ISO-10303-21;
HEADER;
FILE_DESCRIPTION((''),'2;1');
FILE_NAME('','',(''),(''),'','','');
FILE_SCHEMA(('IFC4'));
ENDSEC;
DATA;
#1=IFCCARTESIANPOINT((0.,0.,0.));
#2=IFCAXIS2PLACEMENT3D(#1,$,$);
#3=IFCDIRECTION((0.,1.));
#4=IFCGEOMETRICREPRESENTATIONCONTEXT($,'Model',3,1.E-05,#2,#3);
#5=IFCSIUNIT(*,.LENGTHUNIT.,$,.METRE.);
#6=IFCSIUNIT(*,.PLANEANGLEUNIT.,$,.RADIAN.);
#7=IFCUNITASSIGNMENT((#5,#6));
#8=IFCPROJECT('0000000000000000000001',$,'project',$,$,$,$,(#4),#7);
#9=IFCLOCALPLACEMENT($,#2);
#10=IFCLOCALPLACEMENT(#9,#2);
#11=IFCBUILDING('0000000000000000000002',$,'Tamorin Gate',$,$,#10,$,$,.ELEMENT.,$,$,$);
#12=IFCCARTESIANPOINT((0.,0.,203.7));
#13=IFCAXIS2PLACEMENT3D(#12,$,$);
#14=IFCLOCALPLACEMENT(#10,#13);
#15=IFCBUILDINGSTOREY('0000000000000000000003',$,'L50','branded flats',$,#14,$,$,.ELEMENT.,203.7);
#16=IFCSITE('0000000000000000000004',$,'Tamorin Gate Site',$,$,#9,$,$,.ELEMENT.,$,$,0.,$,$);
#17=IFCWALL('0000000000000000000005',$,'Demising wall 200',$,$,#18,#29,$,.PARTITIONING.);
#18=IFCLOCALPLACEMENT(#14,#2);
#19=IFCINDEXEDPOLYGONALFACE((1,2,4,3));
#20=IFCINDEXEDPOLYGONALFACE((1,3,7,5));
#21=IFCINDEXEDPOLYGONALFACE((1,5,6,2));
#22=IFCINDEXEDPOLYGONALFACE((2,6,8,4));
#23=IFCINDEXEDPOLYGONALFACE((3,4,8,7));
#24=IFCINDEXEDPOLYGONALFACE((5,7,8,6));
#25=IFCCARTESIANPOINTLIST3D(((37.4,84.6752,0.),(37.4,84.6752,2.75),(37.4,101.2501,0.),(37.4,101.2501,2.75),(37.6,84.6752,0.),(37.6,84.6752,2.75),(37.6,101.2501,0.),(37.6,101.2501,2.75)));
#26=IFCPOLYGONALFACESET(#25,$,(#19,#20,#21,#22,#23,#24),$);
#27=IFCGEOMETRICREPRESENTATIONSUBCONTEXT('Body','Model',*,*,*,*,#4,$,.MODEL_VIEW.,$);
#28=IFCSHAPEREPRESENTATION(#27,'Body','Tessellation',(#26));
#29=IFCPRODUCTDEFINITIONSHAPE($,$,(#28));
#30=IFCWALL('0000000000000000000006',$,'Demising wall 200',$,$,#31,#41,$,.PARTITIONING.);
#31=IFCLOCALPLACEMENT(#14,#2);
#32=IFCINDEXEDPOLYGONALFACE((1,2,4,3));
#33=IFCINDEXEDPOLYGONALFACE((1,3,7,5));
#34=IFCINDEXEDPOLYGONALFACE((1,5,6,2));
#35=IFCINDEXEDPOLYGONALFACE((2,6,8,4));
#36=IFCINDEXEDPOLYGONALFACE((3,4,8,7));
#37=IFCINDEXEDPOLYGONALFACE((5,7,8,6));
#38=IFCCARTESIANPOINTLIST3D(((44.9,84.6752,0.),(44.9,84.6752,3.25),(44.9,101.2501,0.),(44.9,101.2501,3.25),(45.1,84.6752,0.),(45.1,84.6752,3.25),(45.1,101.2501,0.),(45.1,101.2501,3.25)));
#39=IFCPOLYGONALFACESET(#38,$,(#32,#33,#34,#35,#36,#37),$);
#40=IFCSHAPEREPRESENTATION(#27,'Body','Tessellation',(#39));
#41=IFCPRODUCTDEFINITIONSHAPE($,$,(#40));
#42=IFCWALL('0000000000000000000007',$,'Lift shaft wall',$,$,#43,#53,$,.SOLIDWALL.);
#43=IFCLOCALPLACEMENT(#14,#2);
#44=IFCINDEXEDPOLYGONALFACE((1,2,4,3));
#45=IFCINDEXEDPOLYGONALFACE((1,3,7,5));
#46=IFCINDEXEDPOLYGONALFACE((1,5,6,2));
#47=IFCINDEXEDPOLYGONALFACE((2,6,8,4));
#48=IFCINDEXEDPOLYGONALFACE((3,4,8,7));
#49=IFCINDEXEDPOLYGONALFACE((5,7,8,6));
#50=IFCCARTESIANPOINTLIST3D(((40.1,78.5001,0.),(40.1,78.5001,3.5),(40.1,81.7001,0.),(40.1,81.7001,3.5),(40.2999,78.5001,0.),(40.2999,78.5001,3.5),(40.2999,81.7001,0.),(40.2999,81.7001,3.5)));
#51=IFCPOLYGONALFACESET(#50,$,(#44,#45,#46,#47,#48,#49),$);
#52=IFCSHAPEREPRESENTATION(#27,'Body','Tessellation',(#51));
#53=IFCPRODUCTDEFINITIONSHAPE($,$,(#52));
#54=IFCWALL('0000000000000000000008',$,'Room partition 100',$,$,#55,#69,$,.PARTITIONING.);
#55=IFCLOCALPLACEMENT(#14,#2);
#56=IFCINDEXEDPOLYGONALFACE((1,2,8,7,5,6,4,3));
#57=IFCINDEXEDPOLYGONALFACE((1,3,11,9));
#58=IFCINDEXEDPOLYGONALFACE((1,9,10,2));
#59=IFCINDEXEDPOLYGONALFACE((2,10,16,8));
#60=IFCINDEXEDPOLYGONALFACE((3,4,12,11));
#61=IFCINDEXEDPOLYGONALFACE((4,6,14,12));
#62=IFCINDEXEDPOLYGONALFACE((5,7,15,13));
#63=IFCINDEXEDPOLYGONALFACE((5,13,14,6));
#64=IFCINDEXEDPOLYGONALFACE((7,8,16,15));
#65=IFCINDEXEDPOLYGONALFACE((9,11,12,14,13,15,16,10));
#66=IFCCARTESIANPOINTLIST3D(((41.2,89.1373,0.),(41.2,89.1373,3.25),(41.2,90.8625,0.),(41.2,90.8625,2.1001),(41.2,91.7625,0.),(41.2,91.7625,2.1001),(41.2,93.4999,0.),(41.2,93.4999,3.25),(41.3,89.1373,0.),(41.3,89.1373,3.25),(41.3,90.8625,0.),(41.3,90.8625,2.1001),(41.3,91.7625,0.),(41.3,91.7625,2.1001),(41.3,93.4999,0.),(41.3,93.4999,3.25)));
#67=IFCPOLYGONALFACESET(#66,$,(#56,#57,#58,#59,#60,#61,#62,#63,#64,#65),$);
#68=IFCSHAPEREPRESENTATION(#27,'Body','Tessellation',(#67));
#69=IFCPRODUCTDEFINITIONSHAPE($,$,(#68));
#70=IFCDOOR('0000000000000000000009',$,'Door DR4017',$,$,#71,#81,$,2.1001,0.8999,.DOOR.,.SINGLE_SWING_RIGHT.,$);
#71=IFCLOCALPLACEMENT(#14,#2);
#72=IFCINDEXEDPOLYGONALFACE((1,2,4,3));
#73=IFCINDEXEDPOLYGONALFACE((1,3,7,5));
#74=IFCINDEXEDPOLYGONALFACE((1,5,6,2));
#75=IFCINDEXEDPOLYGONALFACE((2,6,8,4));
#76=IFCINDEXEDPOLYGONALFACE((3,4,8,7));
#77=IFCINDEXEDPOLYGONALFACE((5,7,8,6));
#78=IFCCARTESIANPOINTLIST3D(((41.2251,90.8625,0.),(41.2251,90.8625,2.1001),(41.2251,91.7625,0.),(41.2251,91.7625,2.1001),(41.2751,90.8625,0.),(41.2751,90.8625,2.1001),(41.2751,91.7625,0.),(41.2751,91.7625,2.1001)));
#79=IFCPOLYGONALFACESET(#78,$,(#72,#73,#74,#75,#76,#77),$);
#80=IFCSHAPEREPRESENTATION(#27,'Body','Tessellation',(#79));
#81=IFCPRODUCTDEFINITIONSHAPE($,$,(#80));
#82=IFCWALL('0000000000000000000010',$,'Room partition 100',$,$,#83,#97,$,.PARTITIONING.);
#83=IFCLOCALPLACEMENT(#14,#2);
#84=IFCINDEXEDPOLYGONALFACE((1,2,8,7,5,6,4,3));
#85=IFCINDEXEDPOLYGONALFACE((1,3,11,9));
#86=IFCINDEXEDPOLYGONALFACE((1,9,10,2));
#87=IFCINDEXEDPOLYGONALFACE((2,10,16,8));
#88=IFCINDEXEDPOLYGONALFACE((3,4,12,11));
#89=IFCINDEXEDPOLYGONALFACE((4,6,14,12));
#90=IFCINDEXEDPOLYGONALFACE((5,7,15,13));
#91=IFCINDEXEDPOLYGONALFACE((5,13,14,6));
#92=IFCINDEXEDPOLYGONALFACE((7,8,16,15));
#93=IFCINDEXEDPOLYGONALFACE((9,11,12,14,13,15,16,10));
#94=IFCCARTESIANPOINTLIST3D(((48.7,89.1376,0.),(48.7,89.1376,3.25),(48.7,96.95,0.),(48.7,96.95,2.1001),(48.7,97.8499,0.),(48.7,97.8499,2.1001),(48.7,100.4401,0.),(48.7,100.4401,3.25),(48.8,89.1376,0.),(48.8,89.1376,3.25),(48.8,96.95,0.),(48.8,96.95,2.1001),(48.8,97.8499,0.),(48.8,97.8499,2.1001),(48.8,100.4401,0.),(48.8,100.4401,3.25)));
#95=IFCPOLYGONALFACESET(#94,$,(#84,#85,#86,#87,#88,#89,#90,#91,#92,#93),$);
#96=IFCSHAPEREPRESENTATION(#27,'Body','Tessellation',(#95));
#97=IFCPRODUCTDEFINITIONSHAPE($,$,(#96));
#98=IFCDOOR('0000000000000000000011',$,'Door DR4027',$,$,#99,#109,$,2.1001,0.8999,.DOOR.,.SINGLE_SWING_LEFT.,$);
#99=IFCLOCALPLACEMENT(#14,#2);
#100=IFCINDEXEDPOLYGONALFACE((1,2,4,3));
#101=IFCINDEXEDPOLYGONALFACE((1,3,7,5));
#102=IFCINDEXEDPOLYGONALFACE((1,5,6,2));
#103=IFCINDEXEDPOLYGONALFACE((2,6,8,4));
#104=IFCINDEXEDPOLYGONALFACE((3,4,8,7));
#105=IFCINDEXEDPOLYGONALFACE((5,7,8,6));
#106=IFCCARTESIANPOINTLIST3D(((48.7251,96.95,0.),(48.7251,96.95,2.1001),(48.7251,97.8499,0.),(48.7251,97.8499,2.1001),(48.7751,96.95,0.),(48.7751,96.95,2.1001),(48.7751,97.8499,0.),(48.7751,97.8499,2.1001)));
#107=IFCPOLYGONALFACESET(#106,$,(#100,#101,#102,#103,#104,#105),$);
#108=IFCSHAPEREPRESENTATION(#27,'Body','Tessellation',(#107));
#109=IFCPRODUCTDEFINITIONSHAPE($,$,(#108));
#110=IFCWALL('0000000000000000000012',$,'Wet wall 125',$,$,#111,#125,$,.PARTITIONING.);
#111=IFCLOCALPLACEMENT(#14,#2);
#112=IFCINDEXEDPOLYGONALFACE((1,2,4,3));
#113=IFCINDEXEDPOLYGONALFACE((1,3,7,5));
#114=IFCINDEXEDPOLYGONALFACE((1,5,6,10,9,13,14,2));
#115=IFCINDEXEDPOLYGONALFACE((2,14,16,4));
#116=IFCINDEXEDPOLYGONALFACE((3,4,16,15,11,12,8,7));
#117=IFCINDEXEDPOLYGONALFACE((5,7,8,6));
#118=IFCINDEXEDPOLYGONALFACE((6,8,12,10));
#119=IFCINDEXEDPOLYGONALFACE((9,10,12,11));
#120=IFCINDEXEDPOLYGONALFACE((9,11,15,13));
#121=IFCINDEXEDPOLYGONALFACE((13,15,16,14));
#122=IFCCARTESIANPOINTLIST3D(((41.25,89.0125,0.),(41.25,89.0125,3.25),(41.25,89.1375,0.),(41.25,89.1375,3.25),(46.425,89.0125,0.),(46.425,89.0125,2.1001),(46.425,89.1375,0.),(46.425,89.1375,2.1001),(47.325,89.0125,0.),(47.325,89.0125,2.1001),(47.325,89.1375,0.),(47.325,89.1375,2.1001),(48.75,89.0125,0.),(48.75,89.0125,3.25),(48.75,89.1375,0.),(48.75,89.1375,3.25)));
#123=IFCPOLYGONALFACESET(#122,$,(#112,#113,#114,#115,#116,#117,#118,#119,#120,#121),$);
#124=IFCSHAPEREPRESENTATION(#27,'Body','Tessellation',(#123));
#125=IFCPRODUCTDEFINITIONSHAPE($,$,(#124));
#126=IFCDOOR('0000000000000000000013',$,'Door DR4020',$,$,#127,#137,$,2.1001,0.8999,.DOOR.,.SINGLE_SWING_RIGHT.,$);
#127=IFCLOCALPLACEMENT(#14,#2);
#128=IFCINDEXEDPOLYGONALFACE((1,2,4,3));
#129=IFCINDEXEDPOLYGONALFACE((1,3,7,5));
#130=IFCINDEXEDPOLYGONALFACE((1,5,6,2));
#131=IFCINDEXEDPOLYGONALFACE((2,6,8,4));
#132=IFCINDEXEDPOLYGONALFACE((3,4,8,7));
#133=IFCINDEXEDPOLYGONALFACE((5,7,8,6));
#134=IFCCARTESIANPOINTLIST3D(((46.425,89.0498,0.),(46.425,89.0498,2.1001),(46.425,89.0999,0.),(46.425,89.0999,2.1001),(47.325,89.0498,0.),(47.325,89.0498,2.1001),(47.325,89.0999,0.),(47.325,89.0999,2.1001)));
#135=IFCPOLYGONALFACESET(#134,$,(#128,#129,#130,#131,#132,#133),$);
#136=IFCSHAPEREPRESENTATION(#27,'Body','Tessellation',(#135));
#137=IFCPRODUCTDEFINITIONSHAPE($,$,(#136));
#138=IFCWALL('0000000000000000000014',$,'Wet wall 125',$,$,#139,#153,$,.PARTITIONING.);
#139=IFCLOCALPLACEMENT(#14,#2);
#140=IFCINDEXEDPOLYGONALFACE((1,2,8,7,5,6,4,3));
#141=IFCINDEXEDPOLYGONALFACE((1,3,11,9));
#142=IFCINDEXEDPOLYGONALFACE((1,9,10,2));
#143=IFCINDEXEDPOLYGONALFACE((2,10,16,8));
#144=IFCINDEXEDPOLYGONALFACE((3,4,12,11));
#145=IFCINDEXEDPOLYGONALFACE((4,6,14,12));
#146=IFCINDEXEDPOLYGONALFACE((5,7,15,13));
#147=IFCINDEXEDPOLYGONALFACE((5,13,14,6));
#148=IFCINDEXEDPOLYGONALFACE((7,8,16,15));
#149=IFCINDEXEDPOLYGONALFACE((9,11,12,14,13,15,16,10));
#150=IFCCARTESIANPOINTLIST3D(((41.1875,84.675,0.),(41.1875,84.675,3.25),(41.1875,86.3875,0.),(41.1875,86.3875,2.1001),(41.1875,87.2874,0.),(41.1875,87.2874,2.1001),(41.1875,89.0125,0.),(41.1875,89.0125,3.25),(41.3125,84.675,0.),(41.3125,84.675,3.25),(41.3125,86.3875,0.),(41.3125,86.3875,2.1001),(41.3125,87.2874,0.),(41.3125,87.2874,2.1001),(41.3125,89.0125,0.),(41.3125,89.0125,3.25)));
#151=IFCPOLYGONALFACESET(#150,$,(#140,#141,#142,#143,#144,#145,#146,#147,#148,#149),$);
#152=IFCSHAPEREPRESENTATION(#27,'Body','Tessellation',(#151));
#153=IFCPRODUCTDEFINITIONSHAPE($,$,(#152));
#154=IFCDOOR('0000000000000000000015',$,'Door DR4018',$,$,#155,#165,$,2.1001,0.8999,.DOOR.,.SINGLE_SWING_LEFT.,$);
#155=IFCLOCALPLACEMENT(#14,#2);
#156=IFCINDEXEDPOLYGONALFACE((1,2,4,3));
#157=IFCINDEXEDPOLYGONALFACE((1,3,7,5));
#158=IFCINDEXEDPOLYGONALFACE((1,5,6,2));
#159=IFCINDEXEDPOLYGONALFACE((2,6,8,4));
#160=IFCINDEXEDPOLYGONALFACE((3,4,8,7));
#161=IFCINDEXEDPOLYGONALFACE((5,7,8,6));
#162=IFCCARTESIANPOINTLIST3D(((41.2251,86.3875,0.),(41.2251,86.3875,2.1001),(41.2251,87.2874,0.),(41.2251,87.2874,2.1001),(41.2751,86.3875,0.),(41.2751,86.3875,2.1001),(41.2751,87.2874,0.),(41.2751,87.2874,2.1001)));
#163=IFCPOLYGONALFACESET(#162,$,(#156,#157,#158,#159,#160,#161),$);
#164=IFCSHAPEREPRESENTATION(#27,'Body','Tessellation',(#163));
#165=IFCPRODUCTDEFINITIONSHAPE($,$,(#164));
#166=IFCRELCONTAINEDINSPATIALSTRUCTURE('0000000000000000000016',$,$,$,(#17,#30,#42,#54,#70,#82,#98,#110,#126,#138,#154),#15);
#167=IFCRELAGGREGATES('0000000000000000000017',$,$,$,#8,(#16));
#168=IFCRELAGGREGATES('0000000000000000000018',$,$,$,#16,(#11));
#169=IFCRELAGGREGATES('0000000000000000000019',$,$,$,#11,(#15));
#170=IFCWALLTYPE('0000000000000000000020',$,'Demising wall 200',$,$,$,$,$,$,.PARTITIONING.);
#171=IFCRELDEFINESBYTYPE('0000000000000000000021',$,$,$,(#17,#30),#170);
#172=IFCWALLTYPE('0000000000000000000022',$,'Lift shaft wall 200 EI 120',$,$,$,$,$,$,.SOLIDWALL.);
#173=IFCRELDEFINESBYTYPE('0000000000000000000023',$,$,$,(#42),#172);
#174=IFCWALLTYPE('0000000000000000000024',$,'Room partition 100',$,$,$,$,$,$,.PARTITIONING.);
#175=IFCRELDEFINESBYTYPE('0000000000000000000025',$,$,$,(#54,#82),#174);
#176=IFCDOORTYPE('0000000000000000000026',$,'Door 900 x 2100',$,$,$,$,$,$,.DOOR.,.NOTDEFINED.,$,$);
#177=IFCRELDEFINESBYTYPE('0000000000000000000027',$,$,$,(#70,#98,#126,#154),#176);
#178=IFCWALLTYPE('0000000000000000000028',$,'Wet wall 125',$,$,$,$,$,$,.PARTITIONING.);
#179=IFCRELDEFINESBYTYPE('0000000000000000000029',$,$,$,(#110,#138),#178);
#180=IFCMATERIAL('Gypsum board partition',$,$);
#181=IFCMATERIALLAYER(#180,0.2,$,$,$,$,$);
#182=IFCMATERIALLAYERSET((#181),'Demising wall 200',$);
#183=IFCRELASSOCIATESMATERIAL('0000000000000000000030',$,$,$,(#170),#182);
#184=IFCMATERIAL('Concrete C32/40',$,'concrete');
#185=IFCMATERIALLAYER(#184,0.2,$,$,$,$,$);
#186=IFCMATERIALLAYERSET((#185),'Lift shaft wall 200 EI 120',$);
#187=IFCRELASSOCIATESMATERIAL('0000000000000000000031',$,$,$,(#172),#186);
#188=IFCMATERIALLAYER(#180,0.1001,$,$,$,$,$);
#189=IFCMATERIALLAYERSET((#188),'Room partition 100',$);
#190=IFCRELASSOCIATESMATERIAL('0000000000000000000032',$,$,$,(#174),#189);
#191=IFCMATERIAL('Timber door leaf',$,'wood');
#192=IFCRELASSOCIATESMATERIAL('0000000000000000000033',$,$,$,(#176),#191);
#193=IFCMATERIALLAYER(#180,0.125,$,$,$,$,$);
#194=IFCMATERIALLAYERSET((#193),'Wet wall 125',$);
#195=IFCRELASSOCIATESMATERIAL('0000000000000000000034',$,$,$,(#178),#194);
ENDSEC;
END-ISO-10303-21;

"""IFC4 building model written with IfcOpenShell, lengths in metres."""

from ifc_helpers import new_model, si_unit, direction, frame, frame_2d, origin, place, context, subcontext, project, spatial, rectangle, extrude, material, layer, layer_set, type_object, element, fill, save


model = new_model("IFC4")

# Units and contexts
model_context = context("Model", 3, precision=1e-05, world=origin(), true_north=direction((0.0, 1.0)))
body_context = subcontext(model_context, "Body", "Model", "MODEL_VIEW")
ifc_project = project(units=[si_unit("LENGTHUNIT", "METRE"), si_unit("PLANEANGLEUNIT", "RADIAN")], contexts=[model_context])

# Site, building, storey
site_placement = place(None, origin())
site = spatial("IfcSite", under=ifc_project, at=site_placement, Name="Tamorin Gate Site", CompositionType="ELEMENT", RefElevation=0.0)
building_placement = place(site_placement, origin())
building = spatial("IfcBuilding", under=site, at=building_placement, Name="Tamorin Gate", CompositionType="ELEMENT")
storey_placement = place(building_placement, frame((0.0, 0.0, 203.7)))
storey = spatial("IfcBuildingStorey", under=building, at=storey_placement, Name="L50", Description="branded flats", CompositionType="ELEMENT", Elevation=203.7)

# Walls
ifc_material_1 = material(Name="Gypsum board partition")
ifc_layer_1 = layer(ifc_material_1, 0.2)
ifc_layer_set_1 = layer_set([ifc_layer_1], Name="Demising wall 200")
wall_type_1 = type_object("IfcWallType", Name="Demising wall 200", PredefinedType="PARTITIONING", material=ifc_layer_set_1)
wall_1_placement = place(storey_placement, frame((37.5, 84.675, 0.0), z_axis=(0.0, 0.0, 1.0), x_axis=(0.0, 1.0, 0.0)))
element("IfcWall", 1, at=wall_1_placement, inside=storey, type_object=wall_type_1, Name="Demising wall 200", PredefinedType="PARTITIONING", context=body_context, shape_type="SweptSolid", body=[
    extrude(rectangle(XDim=16.575, YDim=0.2, at=frame_2d((8.2876, 0.0))), origin(), (0.0, 0.0, 1.0), 2.75),
])
wall_2_placement = place(storey_placement, frame((45.0, 84.675, 0.0), z_axis=(0.0, 0.0, 1.0), x_axis=(0.0, 1.0, 0.0)))
element("IfcWall", 2, at=wall_2_placement, inside=storey, type_object=wall_type_1, Name="Demising wall 200", PredefinedType="PARTITIONING", context=body_context, shape_type="SweptSolid", body=[
    extrude(rectangle(XDim=16.575, YDim=0.2, at=frame_2d((8.2876, 0.0))), origin(), (0.0, 0.0, 1.0), 3.25),
])
ifc_material_2 = material(Name="Concrete C32/40", Category="concrete")
ifc_layer_2 = layer(ifc_material_2, 0.2)
ifc_layer_set_2 = layer_set([ifc_layer_2], Name="Lift shaft wall 200 EI 120")
wall_type_2 = type_object("IfcWallType", Name="Lift shaft wall 200 EI 120", PredefinedType="SOLIDWALL", material=ifc_layer_set_2)
wall_3_placement = place(storey_placement, frame((40.2, 78.5, 0.0), z_axis=(0.0, 0.0, 1.0), x_axis=(0.0, 1.0, 0.0)))
element("IfcWall", 3, at=wall_3_placement, inside=storey, type_object=wall_type_2, Name="Lift shaft wall", PredefinedType="SOLIDWALL", context=body_context, shape_type="SweptSolid", body=[
    extrude(rectangle(XDim=3.2, YDim=0.2, at=frame_2d((1.6001, 0.0))), origin(), (0.0, 0.0, 1.0), 3.5),
])

# Walls, openings, doors
ifc_layer_3 = layer(ifc_material_1, 0.1001)
ifc_layer_set_3 = layer_set([ifc_layer_3], Name="Room partition 100")
wall_type_3 = type_object("IfcWallType", Name="Room partition 100", PredefinedType="PARTITIONING", material=ifc_layer_set_3)
wall_4_placement = place(storey_placement, frame((41.25, 89.1375, 0.0), z_axis=(0.0, 0.0, 1.0), x_axis=(0.0, 1.0, 0.0)))
wall_4 = element("IfcWall", 4, at=wall_4_placement, inside=storey, type_object=wall_type_3, Name="Room partition 100", PredefinedType="PARTITIONING", context=body_context, shape_type="SweptSolid", body=[
    extrude(rectangle(XDim=4.3625, YDim=0.1001, at=frame_2d((2.1812, 0.0))), origin(), (0.0, 0.0, 1.0), 3.25),
])
opening_1_placement = place(wall_4_placement, frame((1.7251, 0.0, 0.0)))
opening_1 = element("IfcOpeningElement", 5, at=opening_1_placement, cuts=wall_4, PredefinedType="OPENING", context=body_context, shape_type="SweptSolid", body=[
    extrude(rectangle(XDim=0.8999, YDim=2.1001, at=frame_2d((0.45, 1.05))), frame((0.0, 0.0601, 0.0), z_axis=(0.0, -1.0, 0.0), x_axis=(1.0, 0.0, 0.0)), (0.0, 0.0, 1.0), 0.1201),
])
ifc_material_3 = material(Name="Timber door leaf", Category="wood")
door_type = type_object("IfcDoorType", Name="Door 900 x 2100", OperationType="NOTDEFINED", PredefinedType="DOOR", material=ifc_material_3)
door_1_placement = place(opening_1_placement, origin())
door_1 = element("IfcDoor", 6, at=door_1_placement, inside=storey, type_object=door_type, Name="Door DR4017", OperationType="SINGLE_SWING_RIGHT", OverallHeight=2.1001, OverallWidth=0.8999, PredefinedType="DOOR", context=body_context, shape_type="SweptSolid", body=[
    extrude(rectangle(XDim=0.8999, YDim=2.1001, at=frame_2d((0.45, 1.05))), frame((0.0, 0.0249, 0.0), z_axis=(0.0, -1.0, 0.0), x_axis=(1.0, 0.0, 0.0)), (0.0, 0.0, 1.0), 0.05),
])
fill(opening_1, door_1)
wall_5_placement = place(storey_placement, frame((48.75, 89.1375, 0.0), z_axis=(0.0, 0.0, 1.0), x_axis=(0.0, 1.0, 0.0)))
wall_5 = element("IfcWall", 7, at=wall_5_placement, inside=storey, type_object=wall_type_3, Name="Room partition 100", PredefinedType="PARTITIONING", context=body_context, shape_type="SweptSolid", body=[
    extrude(rectangle(XDim=11.3025, YDim=0.1001, at=frame_2d((5.6514, 0.0))), origin(), (0.0, 0.0, 1.0), 3.25),
])
opening_2_placement = place(wall_5_placement, frame((7.8125, 0.0, 0.0)))
opening_2 = element("IfcOpeningElement", 8, at=opening_2_placement, cuts=wall_5, PredefinedType="OPENING", context=body_context, shape_type="SweptSolid", body=[
    extrude(rectangle(XDim=0.8999, YDim=2.1001, at=frame_2d((0.45, 1.05))), frame((0.0, 0.0601, 0.0), z_axis=(0.0, -1.0, 0.0), x_axis=(1.0, 0.0, 0.0)), (0.0, 0.0, 1.0), 0.1201),
])
door_2_placement = place(opening_2_placement, origin())
door_2 = element("IfcDoor", 9, at=door_2_placement, inside=storey, type_object=door_type, Name="Door DR4027", OperationType="SINGLE_SWING_LEFT", OverallHeight=2.1001, OverallWidth=0.8999, PredefinedType="DOOR", context=body_context, shape_type="SweptSolid", body=[
    extrude(rectangle(XDim=0.8999, YDim=2.1001, at=frame_2d((0.45, 1.05))), frame((0.0, 0.0249, 0.0), z_axis=(0.0, -1.0, 0.0), x_axis=(1.0, 0.0, 0.0)), (0.0, 0.0, 1.0), 0.05),
])
fill(opening_2, door_2)
ifc_layer_4 = layer(ifc_material_1, 0.125)
ifc_layer_set_4 = layer_set([ifc_layer_4], Name="Wet wall 125")
wall_type_4 = type_object("IfcWallType", Name="Wet wall 125", PredefinedType="PARTITIONING", material=ifc_layer_set_4)
wall_6_placement = place(storey_placement, frame((41.25, 89.075, 0.0), z_axis=(0.0, 0.0, 1.0), x_axis=(1.0, 0.0, 0.0)))
wall_6 = element("IfcWall", 10, at=wall_6_placement, inside=storey, type_object=wall_type_4, Name="Wet wall 125", PredefinedType="PARTITIONING", context=body_context, shape_type="SweptSolid", body=[
    extrude(rectangle(XDim=7.5, YDim=0.125, at=frame_2d((3.75, 0.0))), origin(), (0.0, 0.0, 1.0), 3.25),
])
opening_3_placement = place(wall_6_placement, frame((5.175, 0.0, 0.0)))
opening_3 = element("IfcOpeningElement", 11, at=opening_3_placement, cuts=wall_6, PredefinedType="OPENING", context=body_context, shape_type="SweptSolid", body=[
    extrude(rectangle(XDim=0.8999, YDim=2.1001, at=frame_2d((0.45, 1.05))), frame((0.0, 0.0725, 0.0), z_axis=(0.0, -1.0, 0.0), x_axis=(1.0, 0.0, 0.0)), (0.0, 0.0, 1.0), 0.145),
])
door_3_placement = place(opening_3_placement, origin())
door_3 = element("IfcDoor", 12, at=door_3_placement, inside=storey, type_object=door_type, Name="Door DR4020", OperationType="SINGLE_SWING_RIGHT", OverallHeight=2.1001, OverallWidth=0.8999, PredefinedType="DOOR", context=body_context, shape_type="SweptSolid", body=[
    extrude(rectangle(XDim=0.8999, YDim=2.1001, at=frame_2d((0.45, 1.05))), frame((0.0, 0.0249, 0.0), z_axis=(0.0, -1.0, 0.0), x_axis=(1.0, 0.0, 0.0)), (0.0, 0.0, 1.0), 0.05),
])
fill(opening_3, door_3)
wall_7_placement = place(storey_placement, frame((41.25, 84.675, 0.0), z_axis=(0.0, 0.0, 1.0), x_axis=(0.0, 1.0, 0.0)))
wall_7 = element("IfcWall", 13, at=wall_7_placement, inside=storey, type_object=wall_type_4, Name="Wet wall 125", PredefinedType="PARTITIONING", context=body_context, shape_type="SweptSolid", body=[
    extrude(rectangle(XDim=4.3374, YDim=0.125, at=frame_2d((2.1687, 0.0))), origin(), (0.0, 0.0, 1.0), 3.25),
])
opening_4_placement = place(wall_7_placement, frame((1.7124, 0.0, 0.0)))
opening_4 = element("IfcOpeningElement", 14, at=opening_4_placement, cuts=wall_7, PredefinedType="OPENING", context=body_context, shape_type="SweptSolid", body=[
    extrude(rectangle(XDim=0.8999, YDim=2.1001, at=frame_2d((0.45, 1.05))), frame((0.0, 0.0725, 0.0), z_axis=(0.0, -1.0, 0.0), x_axis=(1.0, 0.0, 0.0)), (0.0, 0.0, 1.0), 0.145),
])
door_4_placement = place(opening_4_placement, origin())
door_4 = element("IfcDoor", 15, at=door_4_placement, inside=storey, type_object=door_type, Name="Door DR4018", OperationType="SINGLE_SWING_LEFT", OverallHeight=2.1001, OverallWidth=0.8999, PredefinedType="DOOR", context=body_context, shape_type="SweptSolid", body=[
    extrude(rectangle(XDim=0.8999, YDim=2.1001, at=frame_2d((0.45, 1.05))), frame((0.0, 0.0249, 0.0), z_axis=(0.0, -1.0, 0.0), x_axis=(1.0, 0.0, 0.0)), (0.0, 0.0, 1.0), 0.05),
])
fill(opening_4, door_4)

save(model, "model.ifc")
